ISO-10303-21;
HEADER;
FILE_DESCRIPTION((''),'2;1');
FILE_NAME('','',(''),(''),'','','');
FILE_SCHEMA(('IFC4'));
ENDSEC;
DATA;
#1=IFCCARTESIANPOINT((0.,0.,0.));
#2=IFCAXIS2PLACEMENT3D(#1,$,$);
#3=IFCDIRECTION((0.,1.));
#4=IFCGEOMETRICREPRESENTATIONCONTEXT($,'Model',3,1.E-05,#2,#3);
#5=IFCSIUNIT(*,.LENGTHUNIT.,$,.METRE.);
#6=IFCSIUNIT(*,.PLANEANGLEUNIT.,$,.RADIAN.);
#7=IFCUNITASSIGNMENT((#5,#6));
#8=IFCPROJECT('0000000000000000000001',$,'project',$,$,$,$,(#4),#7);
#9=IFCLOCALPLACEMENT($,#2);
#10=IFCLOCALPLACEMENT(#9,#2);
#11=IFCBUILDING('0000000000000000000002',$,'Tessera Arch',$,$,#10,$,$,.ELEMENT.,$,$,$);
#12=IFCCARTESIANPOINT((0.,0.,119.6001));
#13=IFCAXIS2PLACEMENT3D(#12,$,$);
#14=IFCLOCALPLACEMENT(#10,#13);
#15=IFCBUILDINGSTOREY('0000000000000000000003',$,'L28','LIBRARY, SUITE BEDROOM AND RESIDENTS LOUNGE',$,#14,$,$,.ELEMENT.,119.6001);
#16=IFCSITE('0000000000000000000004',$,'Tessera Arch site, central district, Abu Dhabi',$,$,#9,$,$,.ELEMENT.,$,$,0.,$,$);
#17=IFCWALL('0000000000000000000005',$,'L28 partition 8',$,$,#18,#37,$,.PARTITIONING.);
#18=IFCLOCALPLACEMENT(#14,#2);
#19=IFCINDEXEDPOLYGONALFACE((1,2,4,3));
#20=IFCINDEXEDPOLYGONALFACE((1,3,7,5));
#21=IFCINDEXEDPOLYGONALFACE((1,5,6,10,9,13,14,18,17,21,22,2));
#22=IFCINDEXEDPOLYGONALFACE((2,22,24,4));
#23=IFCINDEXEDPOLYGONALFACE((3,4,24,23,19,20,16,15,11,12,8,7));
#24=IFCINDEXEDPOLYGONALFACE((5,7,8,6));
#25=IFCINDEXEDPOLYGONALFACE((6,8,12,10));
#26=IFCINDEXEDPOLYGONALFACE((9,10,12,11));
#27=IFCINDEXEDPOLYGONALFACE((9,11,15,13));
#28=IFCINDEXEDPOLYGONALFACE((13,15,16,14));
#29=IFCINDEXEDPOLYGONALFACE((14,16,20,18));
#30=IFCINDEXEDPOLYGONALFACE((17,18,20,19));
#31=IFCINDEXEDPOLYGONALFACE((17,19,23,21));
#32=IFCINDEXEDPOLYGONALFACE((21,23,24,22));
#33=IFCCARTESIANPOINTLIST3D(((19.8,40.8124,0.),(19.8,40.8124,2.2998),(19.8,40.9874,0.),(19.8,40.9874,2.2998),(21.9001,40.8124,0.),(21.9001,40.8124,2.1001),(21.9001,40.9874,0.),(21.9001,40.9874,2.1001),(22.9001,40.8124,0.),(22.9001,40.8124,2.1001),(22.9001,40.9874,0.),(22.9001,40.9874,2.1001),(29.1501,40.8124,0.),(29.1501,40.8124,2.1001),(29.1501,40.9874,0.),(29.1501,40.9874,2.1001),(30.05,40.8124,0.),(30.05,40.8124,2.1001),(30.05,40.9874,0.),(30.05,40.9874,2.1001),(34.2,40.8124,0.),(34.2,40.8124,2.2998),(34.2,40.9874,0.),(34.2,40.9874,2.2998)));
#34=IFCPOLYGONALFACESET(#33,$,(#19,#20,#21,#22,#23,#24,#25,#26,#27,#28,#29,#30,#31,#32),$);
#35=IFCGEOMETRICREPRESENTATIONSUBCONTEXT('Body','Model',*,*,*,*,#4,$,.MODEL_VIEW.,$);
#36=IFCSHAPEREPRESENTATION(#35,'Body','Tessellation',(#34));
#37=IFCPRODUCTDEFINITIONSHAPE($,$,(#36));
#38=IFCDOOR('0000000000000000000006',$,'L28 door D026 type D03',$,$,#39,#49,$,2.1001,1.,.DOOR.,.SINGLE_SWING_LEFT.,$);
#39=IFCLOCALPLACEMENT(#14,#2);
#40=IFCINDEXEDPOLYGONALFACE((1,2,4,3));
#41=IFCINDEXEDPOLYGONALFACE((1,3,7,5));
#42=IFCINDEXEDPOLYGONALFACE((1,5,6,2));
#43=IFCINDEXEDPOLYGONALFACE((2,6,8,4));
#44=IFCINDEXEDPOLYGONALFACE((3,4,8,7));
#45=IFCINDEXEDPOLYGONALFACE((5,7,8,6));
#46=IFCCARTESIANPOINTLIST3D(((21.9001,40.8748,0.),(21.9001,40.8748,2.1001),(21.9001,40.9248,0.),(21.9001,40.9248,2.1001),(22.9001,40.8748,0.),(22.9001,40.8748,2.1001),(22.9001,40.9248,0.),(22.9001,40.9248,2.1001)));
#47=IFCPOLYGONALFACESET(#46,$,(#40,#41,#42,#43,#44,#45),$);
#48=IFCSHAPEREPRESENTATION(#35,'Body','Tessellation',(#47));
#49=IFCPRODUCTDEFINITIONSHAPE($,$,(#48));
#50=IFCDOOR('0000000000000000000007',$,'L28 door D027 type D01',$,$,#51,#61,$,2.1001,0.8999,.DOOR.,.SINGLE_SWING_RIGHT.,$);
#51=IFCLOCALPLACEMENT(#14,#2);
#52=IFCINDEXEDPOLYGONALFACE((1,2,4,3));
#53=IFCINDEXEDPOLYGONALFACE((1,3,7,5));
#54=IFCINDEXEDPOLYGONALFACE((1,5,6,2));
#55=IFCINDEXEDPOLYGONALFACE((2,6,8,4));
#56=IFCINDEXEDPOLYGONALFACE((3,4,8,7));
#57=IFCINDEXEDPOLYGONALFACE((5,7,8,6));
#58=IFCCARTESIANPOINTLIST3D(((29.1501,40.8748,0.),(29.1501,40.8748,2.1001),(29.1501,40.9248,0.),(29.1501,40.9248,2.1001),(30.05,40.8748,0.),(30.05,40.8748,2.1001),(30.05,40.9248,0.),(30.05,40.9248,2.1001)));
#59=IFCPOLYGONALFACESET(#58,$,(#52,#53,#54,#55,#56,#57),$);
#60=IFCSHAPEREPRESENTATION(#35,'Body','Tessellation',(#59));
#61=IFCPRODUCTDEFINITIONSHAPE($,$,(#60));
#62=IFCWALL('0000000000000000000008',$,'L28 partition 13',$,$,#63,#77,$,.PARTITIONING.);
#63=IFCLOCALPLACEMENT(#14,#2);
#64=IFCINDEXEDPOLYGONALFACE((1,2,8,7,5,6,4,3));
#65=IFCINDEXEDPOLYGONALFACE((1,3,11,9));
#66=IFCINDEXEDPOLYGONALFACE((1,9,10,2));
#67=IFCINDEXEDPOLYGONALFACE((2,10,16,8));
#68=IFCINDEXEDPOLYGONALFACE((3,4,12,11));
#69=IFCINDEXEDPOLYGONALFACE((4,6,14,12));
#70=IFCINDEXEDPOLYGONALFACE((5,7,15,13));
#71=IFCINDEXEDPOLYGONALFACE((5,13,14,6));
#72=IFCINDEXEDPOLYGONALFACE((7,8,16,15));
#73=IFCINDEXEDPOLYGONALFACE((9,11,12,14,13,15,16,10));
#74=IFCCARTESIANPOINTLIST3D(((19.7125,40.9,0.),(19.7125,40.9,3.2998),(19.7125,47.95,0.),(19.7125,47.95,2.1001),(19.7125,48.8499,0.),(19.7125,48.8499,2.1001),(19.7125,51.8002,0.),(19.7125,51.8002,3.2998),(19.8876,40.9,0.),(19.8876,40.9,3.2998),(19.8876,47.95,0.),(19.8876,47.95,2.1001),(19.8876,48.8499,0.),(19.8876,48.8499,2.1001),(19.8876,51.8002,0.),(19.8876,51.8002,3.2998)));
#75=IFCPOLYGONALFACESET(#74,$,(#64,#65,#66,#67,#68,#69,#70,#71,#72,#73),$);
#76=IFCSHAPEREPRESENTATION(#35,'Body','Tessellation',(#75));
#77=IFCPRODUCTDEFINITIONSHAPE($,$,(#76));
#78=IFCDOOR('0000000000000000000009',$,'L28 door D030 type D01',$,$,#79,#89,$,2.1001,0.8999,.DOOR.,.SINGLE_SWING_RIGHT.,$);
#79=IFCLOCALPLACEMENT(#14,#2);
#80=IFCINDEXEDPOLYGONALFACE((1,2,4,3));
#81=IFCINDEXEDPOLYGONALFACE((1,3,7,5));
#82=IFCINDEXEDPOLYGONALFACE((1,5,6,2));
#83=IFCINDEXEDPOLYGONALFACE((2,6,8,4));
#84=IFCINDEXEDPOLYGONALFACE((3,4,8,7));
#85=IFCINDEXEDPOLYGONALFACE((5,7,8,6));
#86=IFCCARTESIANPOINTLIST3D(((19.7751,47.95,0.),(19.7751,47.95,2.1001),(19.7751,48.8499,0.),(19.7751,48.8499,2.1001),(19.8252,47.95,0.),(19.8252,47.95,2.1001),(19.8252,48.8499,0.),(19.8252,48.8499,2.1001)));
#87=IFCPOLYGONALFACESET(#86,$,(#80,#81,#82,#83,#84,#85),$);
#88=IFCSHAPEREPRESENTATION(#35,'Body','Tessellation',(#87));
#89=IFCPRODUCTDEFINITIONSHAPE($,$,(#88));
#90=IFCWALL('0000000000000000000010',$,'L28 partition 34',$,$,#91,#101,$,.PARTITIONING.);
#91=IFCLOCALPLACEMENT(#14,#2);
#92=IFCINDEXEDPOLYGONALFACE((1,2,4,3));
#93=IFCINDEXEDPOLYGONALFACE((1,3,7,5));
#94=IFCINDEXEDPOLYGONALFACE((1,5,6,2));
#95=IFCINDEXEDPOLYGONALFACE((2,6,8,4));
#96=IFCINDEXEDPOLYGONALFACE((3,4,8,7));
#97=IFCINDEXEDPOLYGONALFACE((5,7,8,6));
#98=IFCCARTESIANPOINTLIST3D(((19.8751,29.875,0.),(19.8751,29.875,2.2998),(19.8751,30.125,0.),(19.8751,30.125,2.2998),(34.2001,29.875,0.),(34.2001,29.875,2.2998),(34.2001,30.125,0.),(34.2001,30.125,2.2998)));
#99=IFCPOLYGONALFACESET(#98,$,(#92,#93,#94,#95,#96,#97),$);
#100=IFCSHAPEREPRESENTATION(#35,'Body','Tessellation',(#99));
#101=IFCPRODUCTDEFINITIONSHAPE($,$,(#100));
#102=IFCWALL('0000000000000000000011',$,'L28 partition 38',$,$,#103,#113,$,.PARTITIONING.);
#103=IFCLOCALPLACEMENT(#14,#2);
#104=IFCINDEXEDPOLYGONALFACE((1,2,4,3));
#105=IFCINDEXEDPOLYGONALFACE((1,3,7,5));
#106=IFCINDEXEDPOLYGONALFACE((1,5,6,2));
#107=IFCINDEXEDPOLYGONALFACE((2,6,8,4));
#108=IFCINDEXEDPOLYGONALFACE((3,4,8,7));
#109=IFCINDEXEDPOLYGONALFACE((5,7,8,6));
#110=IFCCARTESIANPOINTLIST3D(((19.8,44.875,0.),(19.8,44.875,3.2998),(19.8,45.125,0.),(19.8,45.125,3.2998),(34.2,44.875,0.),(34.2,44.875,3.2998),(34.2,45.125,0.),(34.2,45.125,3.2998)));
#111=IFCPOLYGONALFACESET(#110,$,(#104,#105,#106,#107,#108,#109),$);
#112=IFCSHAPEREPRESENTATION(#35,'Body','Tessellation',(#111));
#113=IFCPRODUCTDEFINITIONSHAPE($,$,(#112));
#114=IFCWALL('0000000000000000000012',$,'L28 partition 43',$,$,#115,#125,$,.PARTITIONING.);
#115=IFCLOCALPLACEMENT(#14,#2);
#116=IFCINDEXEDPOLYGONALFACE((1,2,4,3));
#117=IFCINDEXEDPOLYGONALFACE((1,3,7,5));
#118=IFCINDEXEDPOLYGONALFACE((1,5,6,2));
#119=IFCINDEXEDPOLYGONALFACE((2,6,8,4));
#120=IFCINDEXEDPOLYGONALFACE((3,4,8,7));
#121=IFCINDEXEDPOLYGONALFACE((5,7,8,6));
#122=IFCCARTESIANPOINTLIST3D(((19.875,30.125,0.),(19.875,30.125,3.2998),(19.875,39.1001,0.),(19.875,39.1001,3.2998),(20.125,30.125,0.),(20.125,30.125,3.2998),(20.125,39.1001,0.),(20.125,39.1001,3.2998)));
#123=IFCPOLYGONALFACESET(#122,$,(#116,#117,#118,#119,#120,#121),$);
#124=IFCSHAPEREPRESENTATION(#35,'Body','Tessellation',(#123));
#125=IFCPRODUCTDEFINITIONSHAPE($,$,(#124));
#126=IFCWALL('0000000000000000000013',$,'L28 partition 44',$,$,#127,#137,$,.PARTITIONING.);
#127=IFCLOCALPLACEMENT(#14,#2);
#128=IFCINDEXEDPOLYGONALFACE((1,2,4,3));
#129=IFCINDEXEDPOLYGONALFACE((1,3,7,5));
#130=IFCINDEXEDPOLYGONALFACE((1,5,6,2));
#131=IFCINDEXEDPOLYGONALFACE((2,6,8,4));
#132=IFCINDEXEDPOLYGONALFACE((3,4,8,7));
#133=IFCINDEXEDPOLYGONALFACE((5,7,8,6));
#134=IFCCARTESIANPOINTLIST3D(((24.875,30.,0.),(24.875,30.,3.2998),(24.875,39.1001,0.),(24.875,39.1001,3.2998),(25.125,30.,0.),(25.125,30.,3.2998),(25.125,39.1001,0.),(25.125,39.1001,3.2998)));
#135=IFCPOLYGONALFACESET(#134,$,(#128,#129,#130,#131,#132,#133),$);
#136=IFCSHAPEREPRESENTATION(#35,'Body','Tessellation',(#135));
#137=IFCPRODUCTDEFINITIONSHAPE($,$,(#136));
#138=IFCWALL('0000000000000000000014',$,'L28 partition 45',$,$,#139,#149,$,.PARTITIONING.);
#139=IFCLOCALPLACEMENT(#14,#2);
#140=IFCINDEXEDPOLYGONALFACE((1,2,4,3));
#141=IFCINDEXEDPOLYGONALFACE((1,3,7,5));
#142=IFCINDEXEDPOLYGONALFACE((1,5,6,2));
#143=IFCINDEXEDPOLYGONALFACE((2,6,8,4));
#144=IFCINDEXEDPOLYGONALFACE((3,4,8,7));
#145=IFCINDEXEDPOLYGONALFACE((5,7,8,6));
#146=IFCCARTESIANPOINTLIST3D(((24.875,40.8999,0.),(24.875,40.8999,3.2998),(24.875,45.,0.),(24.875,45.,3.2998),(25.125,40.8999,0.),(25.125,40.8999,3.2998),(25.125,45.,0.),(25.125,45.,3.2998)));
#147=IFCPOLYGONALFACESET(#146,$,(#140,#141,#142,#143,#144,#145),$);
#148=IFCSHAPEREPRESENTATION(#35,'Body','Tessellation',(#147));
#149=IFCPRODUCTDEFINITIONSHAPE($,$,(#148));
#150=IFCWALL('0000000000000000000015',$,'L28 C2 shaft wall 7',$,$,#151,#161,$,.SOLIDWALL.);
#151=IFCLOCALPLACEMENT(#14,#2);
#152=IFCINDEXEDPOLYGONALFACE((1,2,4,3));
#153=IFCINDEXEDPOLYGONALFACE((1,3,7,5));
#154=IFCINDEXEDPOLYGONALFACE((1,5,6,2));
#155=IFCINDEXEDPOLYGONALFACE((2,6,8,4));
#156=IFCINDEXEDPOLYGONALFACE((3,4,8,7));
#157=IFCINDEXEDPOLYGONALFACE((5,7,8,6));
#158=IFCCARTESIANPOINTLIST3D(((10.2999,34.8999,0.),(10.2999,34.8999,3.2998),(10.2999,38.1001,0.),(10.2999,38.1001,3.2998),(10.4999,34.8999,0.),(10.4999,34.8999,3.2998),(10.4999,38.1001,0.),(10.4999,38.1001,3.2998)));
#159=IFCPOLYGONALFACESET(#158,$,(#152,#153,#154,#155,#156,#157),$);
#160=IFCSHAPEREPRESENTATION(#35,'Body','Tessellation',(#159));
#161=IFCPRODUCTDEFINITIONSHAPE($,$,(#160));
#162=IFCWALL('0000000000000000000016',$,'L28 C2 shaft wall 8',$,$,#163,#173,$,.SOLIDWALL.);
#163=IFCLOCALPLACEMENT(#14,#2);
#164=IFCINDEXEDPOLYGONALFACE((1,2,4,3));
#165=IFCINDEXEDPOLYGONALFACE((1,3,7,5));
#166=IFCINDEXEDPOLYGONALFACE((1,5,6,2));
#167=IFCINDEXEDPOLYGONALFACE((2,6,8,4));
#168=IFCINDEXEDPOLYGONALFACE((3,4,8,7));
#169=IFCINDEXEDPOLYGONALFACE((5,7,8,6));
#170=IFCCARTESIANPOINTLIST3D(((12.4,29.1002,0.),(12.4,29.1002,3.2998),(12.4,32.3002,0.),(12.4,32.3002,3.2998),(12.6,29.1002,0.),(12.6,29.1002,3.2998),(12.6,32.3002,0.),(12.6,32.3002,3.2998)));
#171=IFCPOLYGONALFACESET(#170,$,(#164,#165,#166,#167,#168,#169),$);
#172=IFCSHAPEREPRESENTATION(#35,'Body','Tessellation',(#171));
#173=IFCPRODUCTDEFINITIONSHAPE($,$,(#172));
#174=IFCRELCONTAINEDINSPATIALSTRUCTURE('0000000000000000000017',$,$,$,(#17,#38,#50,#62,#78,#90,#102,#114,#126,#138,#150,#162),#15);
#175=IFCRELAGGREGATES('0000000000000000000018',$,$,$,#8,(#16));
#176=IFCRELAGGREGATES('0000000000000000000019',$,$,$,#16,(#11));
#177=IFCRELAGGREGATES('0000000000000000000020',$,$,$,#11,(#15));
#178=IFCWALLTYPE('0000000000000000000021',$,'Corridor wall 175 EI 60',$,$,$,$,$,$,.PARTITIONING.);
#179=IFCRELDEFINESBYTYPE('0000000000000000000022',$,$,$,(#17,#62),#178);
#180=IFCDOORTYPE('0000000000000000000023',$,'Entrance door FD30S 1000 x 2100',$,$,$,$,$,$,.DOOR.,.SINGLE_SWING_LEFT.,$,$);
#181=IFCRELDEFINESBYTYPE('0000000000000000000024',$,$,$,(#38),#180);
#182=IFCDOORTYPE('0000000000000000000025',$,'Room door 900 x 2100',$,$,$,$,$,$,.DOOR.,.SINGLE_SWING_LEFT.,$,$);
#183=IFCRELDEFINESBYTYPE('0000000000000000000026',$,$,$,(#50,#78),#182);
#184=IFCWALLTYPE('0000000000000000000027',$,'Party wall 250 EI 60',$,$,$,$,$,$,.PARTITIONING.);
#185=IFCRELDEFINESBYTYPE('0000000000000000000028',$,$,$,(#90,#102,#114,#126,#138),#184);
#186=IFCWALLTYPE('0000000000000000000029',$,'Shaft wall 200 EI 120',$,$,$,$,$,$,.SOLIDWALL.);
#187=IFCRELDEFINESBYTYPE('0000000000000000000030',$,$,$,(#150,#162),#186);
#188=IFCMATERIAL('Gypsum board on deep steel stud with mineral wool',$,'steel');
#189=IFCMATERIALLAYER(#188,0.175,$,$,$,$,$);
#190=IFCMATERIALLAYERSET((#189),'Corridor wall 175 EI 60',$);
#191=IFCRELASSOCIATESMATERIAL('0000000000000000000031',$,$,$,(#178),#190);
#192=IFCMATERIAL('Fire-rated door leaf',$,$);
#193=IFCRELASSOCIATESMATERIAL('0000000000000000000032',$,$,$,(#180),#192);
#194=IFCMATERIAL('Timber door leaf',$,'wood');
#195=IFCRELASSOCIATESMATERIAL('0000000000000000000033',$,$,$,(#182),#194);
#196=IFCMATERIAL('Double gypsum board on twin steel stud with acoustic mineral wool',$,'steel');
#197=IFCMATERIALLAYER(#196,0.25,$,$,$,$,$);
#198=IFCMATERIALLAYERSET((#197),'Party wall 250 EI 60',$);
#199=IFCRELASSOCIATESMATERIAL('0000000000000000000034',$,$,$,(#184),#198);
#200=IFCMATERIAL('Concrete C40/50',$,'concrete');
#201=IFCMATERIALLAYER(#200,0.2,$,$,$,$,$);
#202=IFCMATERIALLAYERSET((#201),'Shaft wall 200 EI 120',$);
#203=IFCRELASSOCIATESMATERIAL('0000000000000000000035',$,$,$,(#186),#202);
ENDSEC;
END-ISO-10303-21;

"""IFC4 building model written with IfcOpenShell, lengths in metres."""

from ifc_helpers import new_model, si_unit, direction, frame, frame_2d, origin, place, context, subcontext, project, spatial, rectangle, extrude, material, layer, layer_set, type_object, element, fill, save


model = new_model("IFC4")

# Units and contexts
model_context = context("Model", 3, precision=1e-05, world=origin(), true_north=direction((0.0, 1.0)))
body_context = subcontext(model_context, "Body", "Model", "MODEL_VIEW")
ifc_project = project(units=[si_unit("LENGTHUNIT", "METRE"), si_unit("PLANEANGLEUNIT", "RADIAN")], contexts=[model_context])

# Site, building, storey
site_placement = place(None, origin())
site = spatial("IfcSite", under=ifc_project, at=site_placement, Name="Tessera Arch site, central district, Abu Dhabi", CompositionType="ELEMENT", RefElevation=0.0)
building_placement = place(site_placement, origin())
building = spatial("IfcBuilding", under=site, at=building_placement, Name="Tessera Arch", CompositionType="ELEMENT")
storey_placement = place(building_placement, frame((0.0, 0.0, 119.6001)))
storey = spatial("IfcBuildingStorey", under=building, at=storey_placement, Name="L28", Description="LIBRARY, SUITE BEDROOM AND RESIDENTS LOUNGE", CompositionType="ELEMENT", Elevation=119.6001)

# Wall, openings, doors
ifc_material_1 = material(Name="Gypsum board on deep steel stud with mineral wool", Category="steel")
ifc_layer_1 = layer(ifc_material_1, 0.175)
ifc_layer_set_1 = layer_set([ifc_layer_1], Name="Corridor wall 175 EI 60")
wall_type_1 = type_object("IfcWallType", Name="Corridor wall 175 EI 60", PredefinedType="PARTITIONING", material=ifc_layer_set_1)
ifc_material_2 = material(Name="Fire-rated door leaf")
door_type_1 = type_object("IfcDoorType", Name="Entrance door FD30S 1000 x 2100", OperationType="SINGLE_SWING_LEFT", PredefinedType="DOOR", material=ifc_material_2)
ifc_material_3 = material(Name="Timber door leaf", Category="wood")
door_type_2 = type_object("IfcDoorType", Name="Room door 900 x 2100", OperationType="SINGLE_SWING_LEFT", PredefinedType="DOOR", material=ifc_material_3)
wall_1_placement = place(storey_placement, frame((19.8, 40.8999, 0.0), z_axis=(0.0, 0.0, 1.0), x_axis=(1.0, 0.0, 0.0)))
wall_1 = element("IfcWall", 1, at=wall_1_placement, inside=storey, type_object=wall_type_1, Name="L28 partition 8", PredefinedType="PARTITIONING", context=body_context, shape_type="SweptSolid", body=[
    extrude(rectangle(XDim=14.3999, YDim=0.175, at=frame_2d((7.2, 0.0))), origin(), (0.0, 0.0, 1.0), 2.2998),
])
opening_1_placement = place(wall_1_placement, frame((2.1001, 0.0, 0.0)))
opening_1 = element("IfcOpeningElement", 2, at=opening_1_placement, cuts=wall_1, PredefinedType="OPENING", context=body_context, shape_type="SweptSolid", body=[
    extrude(rectangle(XDim=1.0, YDim=2.1001, at=frame_2d((0.5, 1.05))), frame((0.0, 0.0974, 0.0), z_axis=(0.0, -1.0, 0.0), x_axis=(1.0, 0.0, 0.0)), (0.0, 0.0, 1.0), 0.1951),
])
opening_2_placement = place(wall_1_placement, frame((9.3501, 0.0, 0.0)))
opening_2 = element("IfcOpeningElement", 3, at=opening_2_placement, cuts=wall_1, PredefinedType="OPENING", context=body_context, shape_type="SweptSolid", body=[
    extrude(rectangle(XDim=0.8999, YDim=2.1001, at=frame_2d((0.45, 1.05))), frame((0.0, 0.0974, 0.0), z_axis=(0.0, -1.0, 0.0), x_axis=(1.0, 0.0, 0.0)), (0.0, 0.0, 1.0), 0.1951),
])
door_1_placement = place(opening_1_placement, origin())
door_1 = element("IfcDoor", 4, at=door_1_placement, inside=storey, type_object=door_type_1, Name="L28 door D026 type D03", OperationType="SINGLE_SWING_LEFT", OverallHeight=2.1001, OverallWidth=1.0, PredefinedType="DOOR", context=body_context, shape_type="SweptSolid", body=[
    extrude(rectangle(XDim=1.0, YDim=2.1001, at=frame_2d((0.5, 1.05))), frame((0.0, 0.0249, 0.0), z_axis=(0.0, -1.0, 0.0), x_axis=(1.0, 0.0, 0.0)), (0.0, 0.0, 1.0), 0.05),
])
fill(opening_1, door_1)
door_2_placement = place(opening_2_placement, origin())
door_2 = element("IfcDoor", 5, at=door_2_placement, inside=storey, type_object=door_type_2, Name="L28 door D027 type D01", OperationType="SINGLE_SWING_RIGHT", OverallHeight=2.1001, OverallWidth=0.8999, PredefinedType="DOOR", context=body_context, shape_type="SweptSolid", body=[
    extrude(rectangle(XDim=0.8999, YDim=2.1001, at=frame_2d((0.45, 1.05))), frame((0.0, 0.0249, 0.0), z_axis=(0.0, -1.0, 0.0), x_axis=(1.0, 0.0, 0.0)), (0.0, 0.0, 1.0), 0.05),
])
fill(opening_2, door_2)

# Wall, opening, door
wall_2_placement = place(storey_placement, frame((19.8, 40.8999, 0.0), z_axis=(0.0, 0.0, 1.0), x_axis=(0.0, 1.0, 0.0)))
wall_2 = element("IfcWall", 6, at=wall_2_placement, inside=storey, type_object=wall_type_1, Name="L28 partition 13", PredefinedType="PARTITIONING", context=body_context, shape_type="SweptSolid", body=[
    extrude(rectangle(XDim=10.9001, YDim=0.175, at=frame_2d((5.4502, 0.0))), origin(), (0.0, 0.0, 1.0), 3.2998),
])
opening_3_placement = place(wall_2_placement, frame((7.05, 0.0, 0.0)))
opening_3 = element("IfcOpeningElement", 7, at=opening_3_placement, cuts=wall_2, PredefinedType="OPENING", context=body_context, shape_type="SweptSolid", body=[
    extrude(rectangle(XDim=0.8999, YDim=2.1001, at=frame_2d((0.45, 1.05))), frame((0.0, 0.0974, 0.0), z_axis=(0.0, -1.0, 0.0), x_axis=(1.0, 0.0, 0.0)), (0.0, 0.0, 1.0), 0.1951),
])
door_3_placement = place(opening_3_placement, origin())
door_3 = element("IfcDoor", 8, at=door_3_placement, inside=storey, type_object=door_type_2, Name="L28 door D030 type D01", OperationType="SINGLE_SWING_RIGHT", OverallHeight=2.1001, OverallWidth=0.8999, PredefinedType="DOOR", context=body_context, shape_type="SweptSolid", body=[
    extrude(rectangle(XDim=0.8999, YDim=2.1001, at=frame_2d((0.45, 1.05))), frame((0.0, 0.0249, 0.0), z_axis=(0.0, -1.0, 0.0), x_axis=(1.0, 0.0, 0.0)), (0.0, 0.0, 1.0), 0.05),
])
fill(opening_3, door_3)

# Walls
ifc_material_4 = material(Name="Double gypsum board on twin steel stud with acoustic mineral wool", Category="steel")
ifc_layer_2 = layer(ifc_material_4, 0.25)
ifc_layer_set_2 = layer_set([ifc_layer_2], Name="Party wall 250 EI 60")
wall_type_2 = type_object("IfcWallType", Name="Party wall 250 EI 60", PredefinedType="PARTITIONING", material=ifc_layer_set_2)
wall_3_placement = place(storey_placement, frame((19.875, 30.0, 0.0), z_axis=(0.0, 0.0, 1.0), x_axis=(1.0, 0.0, 0.0)))
element("IfcWall", 9, at=wall_3_placement, inside=storey, type_object=wall_type_2, Name="L28 partition 34", PredefinedType="PARTITIONING", context=body_context, shape_type="SweptSolid", body=[
    extrude(rectangle(XDim=14.325, YDim=0.25, at=frame_2d((7.1626, 0.0))), origin(), (0.0, 0.0, 1.0), 2.2998),
])
wall_4_placement = place(storey_placement, frame((19.8, 45.0, 0.0), z_axis=(0.0, 0.0, 1.0), x_axis=(1.0, 0.0, 0.0)))
element("IfcWall", 10, at=wall_4_placement, inside=storey, type_object=wall_type_2, Name="L28 partition 38", PredefinedType="PARTITIONING", context=body_context, shape_type="SweptSolid", body=[
    extrude(rectangle(XDim=14.3999, YDim=0.25, at=frame_2d((7.2, 0.0))), origin(), (0.0, 0.0, 1.0), 3.2998),
])
wall_5_placement = place(storey_placement, frame((20.0, 30.125, 0.0), z_axis=(0.0, 0.0, 1.0), x_axis=(0.0, 1.0, 0.0)))
element("IfcWall", 11, at=wall_5_placement, inside=storey, type_object=wall_type_2, Name="L28 partition 43", PredefinedType="PARTITIONING", context=body_context, shape_type="SweptSolid", body=[
    extrude(rectangle(XDim=8.9751, YDim=0.25, at=frame_2d((4.4875, 0.0))), origin(), (0.0, 0.0, 1.0), 3.2998),
])
wall_6_placement = place(storey_placement, frame((25.0, 30.0, 0.0), z_axis=(0.0, 0.0, 1.0), x_axis=(0.0, 1.0, 0.0)))
element("IfcWall", 12, at=wall_6_placement, inside=storey, type_object=wall_type_2, Name="L28 partition 44", PredefinedType="PARTITIONING", context=body_context, shape_type="SweptSolid", body=[
    extrude(rectangle(XDim=9.1001, YDim=0.25, at=frame_2d((4.55, 0.0))), origin(), (0.0, 0.0, 1.0), 3.2998),
])
wall_7_placement = place(storey_placement, frame((25.0, 40.8999, 0.0), z_axis=(0.0, 0.0, 1.0), x_axis=(0.0, 1.0, 0.0)))
element("IfcWall", 13, at=wall_7_placement, inside=storey, type_object=wall_type_2, Name="L28 partition 45", PredefinedType="PARTITIONING", context=body_context, shape_type="SweptSolid", body=[
    extrude(rectangle(XDim=4.1001, YDim=0.25, at=frame_2d((2.05, 0.0))), origin(), (0.0, 0.0, 1.0), 3.2998),
])
ifc_material_5 = material(Name="Concrete C40/50", Category="concrete")
ifc_layer_3 = layer(ifc_material_5, 0.2)
ifc_layer_set_3 = layer_set([ifc_layer_3], Name="Shaft wall 200 EI 120")
wall_type_3 = type_object("IfcWallType", Name="Shaft wall 200 EI 120", PredefinedType="SOLIDWALL", material=ifc_layer_set_3)
wall_8_placement = place(storey_placement, frame((10.3999, 34.8999, 0.0), z_axis=(0.0, 0.0, 1.0), x_axis=(0.0, 1.0, 0.0)))
element("IfcWall", 14, at=wall_8_placement, inside=storey, type_object=wall_type_3, Name="L28 C2 shaft wall 7", PredefinedType="SOLIDWALL", context=body_context, shape_type="SweptSolid", body=[
    extrude(rectangle(XDim=3.2002, YDim=0.2, at=frame_2d((1.6001, 0.0))), origin(), (0.0, 0.0, 1.0), 3.2998),
])
wall_9_placement = place(storey_placement, frame((12.5, 29.1001, 0.0), z_axis=(0.0, 0.0, 1.0), x_axis=(0.0, 1.0, 0.0)))
element("IfcWall", 15, at=wall_9_placement, inside=storey, type_object=wall_type_3, Name="L28 C2 shaft wall 8", PredefinedType="SOLIDWALL", context=body_context, shape_type="SweptSolid", body=[
    extrude(rectangle(XDim=3.2, YDim=0.2, at=frame_2d((1.6001, 0.0))), origin(), (0.0, 0.0, 1.0), 3.2998),
])

save(model, "model.ifc")
